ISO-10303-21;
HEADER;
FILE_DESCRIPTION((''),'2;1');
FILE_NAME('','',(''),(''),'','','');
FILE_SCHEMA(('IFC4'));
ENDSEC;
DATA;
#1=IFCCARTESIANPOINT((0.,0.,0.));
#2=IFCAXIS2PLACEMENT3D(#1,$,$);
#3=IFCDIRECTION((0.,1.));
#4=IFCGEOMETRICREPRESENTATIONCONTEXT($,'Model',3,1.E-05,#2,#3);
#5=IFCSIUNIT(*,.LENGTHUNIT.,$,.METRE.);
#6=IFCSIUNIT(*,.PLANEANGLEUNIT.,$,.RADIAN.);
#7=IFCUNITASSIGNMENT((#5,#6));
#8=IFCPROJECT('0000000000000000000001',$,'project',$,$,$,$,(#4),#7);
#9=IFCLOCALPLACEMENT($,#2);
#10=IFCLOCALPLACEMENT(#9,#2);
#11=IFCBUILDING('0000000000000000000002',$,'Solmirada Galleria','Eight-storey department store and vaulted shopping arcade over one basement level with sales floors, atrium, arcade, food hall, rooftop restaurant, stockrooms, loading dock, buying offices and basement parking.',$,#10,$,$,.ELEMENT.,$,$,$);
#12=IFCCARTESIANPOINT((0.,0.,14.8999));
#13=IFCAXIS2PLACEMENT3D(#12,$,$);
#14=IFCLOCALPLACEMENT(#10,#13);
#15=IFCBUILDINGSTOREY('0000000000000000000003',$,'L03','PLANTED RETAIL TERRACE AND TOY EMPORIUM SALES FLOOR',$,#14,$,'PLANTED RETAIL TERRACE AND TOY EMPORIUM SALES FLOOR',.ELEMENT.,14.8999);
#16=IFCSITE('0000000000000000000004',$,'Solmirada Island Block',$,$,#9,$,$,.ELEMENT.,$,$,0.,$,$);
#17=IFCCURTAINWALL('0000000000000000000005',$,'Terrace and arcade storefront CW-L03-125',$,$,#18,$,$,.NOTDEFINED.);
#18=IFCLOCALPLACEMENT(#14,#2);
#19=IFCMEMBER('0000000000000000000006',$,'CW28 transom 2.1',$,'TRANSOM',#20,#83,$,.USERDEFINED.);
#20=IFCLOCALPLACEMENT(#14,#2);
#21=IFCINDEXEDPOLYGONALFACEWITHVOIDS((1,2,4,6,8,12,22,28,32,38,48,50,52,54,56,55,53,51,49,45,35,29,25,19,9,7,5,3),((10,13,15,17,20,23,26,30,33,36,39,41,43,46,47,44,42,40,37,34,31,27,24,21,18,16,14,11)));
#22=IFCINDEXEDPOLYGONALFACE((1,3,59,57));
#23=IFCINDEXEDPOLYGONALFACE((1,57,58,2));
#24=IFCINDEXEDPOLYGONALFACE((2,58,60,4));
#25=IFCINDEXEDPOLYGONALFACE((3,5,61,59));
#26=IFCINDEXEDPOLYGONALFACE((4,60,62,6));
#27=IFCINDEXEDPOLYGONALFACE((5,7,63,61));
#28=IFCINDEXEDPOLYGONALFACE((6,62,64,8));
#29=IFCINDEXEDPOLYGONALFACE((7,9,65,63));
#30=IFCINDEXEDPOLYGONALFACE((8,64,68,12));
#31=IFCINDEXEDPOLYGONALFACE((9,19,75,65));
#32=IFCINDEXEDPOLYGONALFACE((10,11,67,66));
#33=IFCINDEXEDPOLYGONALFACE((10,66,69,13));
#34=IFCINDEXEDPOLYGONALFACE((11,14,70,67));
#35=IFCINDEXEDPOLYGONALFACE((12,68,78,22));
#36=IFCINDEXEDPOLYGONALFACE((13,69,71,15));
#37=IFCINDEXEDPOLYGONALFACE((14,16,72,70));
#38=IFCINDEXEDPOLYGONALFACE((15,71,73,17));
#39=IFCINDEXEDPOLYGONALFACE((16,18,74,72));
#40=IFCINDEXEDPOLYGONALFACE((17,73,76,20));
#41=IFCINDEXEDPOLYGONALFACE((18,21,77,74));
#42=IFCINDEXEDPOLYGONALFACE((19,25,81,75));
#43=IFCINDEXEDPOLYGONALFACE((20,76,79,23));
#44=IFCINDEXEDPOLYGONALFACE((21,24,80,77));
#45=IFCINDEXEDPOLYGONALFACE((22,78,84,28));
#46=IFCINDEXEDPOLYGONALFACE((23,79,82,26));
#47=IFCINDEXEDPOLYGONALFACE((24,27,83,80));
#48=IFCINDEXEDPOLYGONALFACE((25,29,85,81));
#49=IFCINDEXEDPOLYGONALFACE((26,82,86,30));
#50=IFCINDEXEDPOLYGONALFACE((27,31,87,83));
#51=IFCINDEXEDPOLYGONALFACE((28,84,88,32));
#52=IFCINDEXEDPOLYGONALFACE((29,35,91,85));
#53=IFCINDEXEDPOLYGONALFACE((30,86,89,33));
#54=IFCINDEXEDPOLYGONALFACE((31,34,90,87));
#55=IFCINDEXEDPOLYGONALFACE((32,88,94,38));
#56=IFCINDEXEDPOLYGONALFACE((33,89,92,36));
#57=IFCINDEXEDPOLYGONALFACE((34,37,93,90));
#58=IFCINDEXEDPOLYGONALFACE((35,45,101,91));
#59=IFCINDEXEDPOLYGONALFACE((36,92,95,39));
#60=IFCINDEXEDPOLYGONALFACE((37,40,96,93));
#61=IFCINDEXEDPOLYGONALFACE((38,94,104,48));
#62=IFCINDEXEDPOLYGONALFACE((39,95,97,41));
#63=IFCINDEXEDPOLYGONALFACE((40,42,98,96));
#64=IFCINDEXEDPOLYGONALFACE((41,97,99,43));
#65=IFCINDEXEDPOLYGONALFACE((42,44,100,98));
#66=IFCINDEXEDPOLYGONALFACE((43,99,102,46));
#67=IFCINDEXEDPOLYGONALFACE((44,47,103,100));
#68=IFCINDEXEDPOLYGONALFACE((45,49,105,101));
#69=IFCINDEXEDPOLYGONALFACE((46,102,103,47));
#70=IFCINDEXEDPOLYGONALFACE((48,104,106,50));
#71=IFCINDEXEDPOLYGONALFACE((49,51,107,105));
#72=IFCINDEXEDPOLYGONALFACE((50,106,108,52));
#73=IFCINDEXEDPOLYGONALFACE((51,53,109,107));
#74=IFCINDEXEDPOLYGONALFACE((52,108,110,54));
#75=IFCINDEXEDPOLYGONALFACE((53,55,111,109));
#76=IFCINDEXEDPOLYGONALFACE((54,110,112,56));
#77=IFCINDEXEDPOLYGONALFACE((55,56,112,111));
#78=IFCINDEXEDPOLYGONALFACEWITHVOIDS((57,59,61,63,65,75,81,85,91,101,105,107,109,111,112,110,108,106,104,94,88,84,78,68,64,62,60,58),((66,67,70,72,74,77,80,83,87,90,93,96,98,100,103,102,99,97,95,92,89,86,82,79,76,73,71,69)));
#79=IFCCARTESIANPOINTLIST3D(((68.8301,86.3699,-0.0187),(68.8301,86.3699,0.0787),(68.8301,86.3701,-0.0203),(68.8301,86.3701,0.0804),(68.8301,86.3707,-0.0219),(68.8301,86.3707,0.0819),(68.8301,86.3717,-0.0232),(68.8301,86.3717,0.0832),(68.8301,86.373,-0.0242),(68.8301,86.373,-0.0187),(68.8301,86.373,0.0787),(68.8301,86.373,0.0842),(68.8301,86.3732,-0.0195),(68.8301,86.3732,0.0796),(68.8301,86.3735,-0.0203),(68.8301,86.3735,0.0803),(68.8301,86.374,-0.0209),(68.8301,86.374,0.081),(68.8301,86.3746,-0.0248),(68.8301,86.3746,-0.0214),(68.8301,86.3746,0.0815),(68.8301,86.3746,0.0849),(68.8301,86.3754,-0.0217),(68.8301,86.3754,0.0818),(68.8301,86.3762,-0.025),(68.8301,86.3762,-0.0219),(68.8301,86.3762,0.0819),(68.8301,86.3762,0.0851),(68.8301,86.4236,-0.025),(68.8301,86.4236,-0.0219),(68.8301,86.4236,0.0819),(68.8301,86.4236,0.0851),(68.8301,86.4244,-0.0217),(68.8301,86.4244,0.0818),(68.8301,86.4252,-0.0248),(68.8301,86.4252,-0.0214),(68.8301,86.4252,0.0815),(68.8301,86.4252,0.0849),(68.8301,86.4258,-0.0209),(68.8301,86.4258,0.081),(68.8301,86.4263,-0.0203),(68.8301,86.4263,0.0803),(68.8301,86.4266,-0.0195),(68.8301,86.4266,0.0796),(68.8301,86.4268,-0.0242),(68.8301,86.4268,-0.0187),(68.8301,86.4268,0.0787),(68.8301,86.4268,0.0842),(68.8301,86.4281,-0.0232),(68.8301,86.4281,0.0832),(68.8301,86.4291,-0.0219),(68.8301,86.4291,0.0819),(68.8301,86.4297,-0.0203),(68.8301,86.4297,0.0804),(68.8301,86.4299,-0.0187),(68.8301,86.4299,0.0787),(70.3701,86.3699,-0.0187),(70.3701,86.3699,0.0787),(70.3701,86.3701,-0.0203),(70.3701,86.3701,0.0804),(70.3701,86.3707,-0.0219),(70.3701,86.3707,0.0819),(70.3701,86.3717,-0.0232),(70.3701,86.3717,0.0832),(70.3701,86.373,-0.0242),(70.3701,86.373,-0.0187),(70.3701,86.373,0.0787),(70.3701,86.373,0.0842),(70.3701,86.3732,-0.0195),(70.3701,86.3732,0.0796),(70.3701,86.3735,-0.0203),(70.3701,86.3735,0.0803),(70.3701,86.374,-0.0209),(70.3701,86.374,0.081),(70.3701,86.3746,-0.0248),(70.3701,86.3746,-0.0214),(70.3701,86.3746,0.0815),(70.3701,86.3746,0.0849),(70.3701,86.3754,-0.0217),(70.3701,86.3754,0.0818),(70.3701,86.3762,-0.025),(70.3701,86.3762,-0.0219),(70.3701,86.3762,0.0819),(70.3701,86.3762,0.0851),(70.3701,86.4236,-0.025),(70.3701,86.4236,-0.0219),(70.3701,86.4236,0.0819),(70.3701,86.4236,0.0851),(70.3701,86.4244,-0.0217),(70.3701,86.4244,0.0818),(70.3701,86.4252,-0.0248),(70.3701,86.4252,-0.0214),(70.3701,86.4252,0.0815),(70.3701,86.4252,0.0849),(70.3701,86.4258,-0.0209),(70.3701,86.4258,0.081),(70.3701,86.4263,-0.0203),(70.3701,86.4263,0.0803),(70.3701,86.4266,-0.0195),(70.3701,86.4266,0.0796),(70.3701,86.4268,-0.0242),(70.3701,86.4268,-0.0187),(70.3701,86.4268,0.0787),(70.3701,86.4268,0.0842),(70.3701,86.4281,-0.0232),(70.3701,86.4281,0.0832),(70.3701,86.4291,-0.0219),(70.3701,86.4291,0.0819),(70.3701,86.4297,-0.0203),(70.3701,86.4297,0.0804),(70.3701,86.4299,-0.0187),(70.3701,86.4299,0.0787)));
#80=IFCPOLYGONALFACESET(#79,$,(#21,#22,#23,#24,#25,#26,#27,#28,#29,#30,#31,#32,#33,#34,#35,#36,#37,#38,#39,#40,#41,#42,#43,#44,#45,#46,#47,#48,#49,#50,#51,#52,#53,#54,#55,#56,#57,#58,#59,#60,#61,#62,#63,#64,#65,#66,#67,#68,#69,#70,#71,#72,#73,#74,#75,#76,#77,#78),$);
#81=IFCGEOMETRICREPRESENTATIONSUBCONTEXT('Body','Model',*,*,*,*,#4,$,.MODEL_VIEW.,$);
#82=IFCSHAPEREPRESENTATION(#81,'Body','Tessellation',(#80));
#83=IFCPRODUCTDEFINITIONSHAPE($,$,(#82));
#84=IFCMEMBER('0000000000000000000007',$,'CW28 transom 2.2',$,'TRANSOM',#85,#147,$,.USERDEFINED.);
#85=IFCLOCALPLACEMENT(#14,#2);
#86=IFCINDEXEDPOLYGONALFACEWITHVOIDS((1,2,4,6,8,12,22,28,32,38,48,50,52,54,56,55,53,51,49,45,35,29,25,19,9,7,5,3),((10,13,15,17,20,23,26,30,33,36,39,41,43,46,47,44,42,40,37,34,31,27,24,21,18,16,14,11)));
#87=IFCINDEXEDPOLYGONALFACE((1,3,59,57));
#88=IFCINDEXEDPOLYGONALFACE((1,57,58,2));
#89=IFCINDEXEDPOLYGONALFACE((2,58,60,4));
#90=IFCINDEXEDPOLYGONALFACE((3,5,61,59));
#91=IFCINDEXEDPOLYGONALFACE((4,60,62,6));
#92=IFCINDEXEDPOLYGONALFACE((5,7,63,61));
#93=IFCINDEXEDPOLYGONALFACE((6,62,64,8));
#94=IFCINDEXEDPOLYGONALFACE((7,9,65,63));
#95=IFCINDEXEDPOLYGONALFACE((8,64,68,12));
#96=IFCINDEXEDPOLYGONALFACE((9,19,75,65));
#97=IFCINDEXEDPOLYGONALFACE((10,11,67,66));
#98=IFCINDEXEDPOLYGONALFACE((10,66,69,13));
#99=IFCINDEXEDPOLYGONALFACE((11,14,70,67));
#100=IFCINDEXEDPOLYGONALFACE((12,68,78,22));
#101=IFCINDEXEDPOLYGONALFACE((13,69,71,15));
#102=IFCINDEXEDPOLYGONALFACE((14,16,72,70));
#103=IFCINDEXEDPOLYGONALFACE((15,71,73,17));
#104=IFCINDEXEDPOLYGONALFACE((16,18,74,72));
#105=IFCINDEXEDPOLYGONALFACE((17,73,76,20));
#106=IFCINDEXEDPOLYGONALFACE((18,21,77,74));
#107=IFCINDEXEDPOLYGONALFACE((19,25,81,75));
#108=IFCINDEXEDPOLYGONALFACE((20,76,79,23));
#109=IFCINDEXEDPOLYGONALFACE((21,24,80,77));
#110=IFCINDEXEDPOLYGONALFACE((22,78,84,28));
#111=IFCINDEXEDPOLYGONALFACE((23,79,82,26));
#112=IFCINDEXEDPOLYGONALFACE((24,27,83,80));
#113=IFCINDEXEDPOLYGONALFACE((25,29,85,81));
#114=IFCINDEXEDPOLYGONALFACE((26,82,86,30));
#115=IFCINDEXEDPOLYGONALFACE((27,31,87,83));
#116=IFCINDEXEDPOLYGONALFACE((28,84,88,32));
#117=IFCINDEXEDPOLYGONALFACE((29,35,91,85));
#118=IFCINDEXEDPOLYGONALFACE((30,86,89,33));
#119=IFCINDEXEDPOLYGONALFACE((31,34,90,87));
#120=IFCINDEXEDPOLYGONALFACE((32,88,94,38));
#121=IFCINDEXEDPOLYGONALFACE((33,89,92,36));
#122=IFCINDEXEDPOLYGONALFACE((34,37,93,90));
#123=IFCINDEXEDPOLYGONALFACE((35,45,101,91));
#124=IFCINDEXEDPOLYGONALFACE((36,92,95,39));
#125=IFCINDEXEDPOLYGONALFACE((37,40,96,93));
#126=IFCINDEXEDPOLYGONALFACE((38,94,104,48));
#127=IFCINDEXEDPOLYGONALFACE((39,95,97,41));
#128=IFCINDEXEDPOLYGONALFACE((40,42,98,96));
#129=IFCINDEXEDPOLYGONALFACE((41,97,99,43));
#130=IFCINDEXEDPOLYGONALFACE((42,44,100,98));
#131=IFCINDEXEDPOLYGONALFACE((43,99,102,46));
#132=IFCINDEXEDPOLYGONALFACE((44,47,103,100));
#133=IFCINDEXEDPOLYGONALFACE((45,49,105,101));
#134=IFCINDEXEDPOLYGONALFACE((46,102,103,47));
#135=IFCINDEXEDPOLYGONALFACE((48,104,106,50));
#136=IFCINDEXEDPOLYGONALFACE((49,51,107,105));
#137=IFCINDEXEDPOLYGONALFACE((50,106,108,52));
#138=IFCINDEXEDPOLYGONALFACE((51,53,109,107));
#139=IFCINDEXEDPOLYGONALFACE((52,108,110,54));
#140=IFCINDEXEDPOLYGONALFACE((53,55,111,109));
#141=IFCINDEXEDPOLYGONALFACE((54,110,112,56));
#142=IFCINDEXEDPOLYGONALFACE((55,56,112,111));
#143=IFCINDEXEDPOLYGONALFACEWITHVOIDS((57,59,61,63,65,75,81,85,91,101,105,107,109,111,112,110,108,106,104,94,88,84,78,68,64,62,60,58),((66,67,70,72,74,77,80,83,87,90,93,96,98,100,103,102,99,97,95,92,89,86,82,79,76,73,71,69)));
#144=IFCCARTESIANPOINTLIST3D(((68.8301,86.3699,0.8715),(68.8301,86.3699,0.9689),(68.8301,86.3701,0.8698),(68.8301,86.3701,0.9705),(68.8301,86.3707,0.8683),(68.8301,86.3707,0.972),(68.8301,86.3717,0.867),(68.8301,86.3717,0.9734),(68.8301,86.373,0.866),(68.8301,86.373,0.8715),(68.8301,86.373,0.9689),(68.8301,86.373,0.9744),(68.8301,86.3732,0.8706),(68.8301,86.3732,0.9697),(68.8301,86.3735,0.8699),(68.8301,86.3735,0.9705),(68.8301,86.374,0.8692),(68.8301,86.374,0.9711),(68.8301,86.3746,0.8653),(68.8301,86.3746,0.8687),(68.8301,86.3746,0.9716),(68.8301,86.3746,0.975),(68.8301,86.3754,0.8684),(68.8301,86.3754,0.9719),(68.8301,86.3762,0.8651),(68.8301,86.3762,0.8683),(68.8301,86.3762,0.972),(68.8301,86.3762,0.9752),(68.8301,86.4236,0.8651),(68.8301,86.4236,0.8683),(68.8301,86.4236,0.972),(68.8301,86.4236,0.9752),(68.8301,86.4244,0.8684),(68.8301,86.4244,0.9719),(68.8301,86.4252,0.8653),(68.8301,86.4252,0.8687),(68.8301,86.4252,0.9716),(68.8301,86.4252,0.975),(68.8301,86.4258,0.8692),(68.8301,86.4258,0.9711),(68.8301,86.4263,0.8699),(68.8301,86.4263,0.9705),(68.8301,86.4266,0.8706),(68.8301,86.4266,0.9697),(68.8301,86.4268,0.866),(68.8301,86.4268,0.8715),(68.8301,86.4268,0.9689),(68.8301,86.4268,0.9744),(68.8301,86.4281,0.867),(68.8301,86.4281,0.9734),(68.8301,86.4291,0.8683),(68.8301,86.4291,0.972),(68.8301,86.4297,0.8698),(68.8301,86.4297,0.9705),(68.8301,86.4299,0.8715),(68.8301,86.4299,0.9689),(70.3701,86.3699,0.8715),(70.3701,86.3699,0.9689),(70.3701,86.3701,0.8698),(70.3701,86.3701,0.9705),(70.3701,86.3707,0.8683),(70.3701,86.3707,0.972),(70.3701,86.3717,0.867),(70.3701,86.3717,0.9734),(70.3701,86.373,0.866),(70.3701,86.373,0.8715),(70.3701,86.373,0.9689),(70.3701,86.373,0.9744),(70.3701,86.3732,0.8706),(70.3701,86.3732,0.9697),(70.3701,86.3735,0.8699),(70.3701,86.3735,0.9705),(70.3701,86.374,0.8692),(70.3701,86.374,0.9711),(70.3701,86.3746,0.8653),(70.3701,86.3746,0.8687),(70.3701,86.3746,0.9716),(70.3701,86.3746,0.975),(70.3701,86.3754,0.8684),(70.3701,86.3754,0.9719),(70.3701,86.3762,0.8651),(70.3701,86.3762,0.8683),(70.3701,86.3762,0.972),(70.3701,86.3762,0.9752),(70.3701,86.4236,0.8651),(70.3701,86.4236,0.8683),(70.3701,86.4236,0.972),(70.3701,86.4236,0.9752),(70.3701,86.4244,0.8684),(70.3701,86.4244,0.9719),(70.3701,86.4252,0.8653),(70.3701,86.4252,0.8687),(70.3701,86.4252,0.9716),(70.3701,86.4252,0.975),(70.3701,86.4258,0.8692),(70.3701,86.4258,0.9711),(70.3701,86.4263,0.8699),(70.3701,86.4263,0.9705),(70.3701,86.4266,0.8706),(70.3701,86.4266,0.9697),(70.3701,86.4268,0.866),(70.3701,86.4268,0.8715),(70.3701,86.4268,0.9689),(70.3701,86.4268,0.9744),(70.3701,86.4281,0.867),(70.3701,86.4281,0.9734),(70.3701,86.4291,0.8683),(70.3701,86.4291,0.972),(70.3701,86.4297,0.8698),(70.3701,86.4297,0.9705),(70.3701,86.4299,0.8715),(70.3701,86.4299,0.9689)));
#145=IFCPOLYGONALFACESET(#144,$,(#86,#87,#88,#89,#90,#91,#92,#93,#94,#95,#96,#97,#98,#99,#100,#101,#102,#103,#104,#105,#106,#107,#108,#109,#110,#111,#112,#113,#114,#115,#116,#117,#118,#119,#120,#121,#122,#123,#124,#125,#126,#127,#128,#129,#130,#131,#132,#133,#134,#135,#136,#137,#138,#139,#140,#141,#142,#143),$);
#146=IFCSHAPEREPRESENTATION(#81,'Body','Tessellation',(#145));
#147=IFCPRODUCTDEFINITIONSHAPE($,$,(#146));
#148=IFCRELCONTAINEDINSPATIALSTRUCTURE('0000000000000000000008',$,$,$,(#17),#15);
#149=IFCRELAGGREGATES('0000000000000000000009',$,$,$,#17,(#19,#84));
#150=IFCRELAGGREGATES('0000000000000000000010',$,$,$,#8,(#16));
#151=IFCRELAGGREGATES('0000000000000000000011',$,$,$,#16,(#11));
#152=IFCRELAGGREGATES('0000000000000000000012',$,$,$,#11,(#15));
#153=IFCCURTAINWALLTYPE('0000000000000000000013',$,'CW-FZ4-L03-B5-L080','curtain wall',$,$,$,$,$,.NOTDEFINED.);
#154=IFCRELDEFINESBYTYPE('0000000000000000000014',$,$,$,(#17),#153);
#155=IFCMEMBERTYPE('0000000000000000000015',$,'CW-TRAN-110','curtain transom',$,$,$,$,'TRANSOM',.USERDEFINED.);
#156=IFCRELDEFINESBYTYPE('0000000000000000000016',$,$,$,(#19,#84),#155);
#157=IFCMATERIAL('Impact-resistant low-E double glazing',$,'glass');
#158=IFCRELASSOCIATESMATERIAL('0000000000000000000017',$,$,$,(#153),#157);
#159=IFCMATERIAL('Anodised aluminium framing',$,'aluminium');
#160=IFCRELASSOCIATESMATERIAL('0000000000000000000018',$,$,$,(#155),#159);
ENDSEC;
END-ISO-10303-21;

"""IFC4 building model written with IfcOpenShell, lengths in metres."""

from ifc_helpers import new_model, si_unit, direction, frame, origin, origin_2d, place, context, subcontext, project, spatial, hollow_rectangle, extrude, material, material_profile, profile_set, type_object, element, aggregate, save


model = new_model("IFC4")

# Units and contexts
model_context = context("Model", 3, precision=1e-05, world=origin(), true_north=direction((0.0, 1.0)))
body_context = subcontext(model_context, "Body", "Model", "MODEL_VIEW")
ifc_project = project(units=[si_unit("LENGTHUNIT", "METRE"), si_unit("PLANEANGLEUNIT", "RADIAN")], contexts=[model_context])

# Site, building, storey
site_placement = place(None, origin())
site = spatial("IfcSite", under=ifc_project, at=site_placement, Name="Solmirada Island Block", CompositionType="ELEMENT", RefElevation=0.0)
building_placement = place(site_placement, origin())
building = spatial("IfcBuilding", under=site, at=building_placement, Name="Solmirada Galleria", Description="Eight-storey department store and vaulted shopping arcade over one basement level with sales floors, atrium, arcade, food hall, rooftop restaurant, stockrooms, loading dock, buying offices and basement parking.", CompositionType="ELEMENT")
storey_placement = place(building_placement, frame((0.0, 0.0, 14.8999)))
storey = spatial("IfcBuildingStorey", under=building, at=storey_placement, Name="L03", Description="PLANTED RETAIL TERRACE AND TOY EMPORIUM SALES FLOOR", LongName="PLANTED RETAIL TERRACE AND TOY EMPORIUM SALES FLOOR", CompositionType="ELEMENT", Elevation=14.8999)

# Curtain wall
ifc_material_1 = material(Name="Impact-resistant low-E double glazing", Category="glass")
curtain_wall_type = type_object("IfcCurtainWallType", Name="CW-FZ4-L03-B5-L080", Description="curtain wall", PredefinedType="NOTDEFINED", material=ifc_material_1)
ifc_material_2 = material(Name="Anodised aluminium framing", Category="aluminium")
curtain_wall_1_placement = place(storey_placement, origin())
curtain_wall_1 = element("IfcCurtainWall", 1, at=curtain_wall_1_placement, inside=storey, type_object=curtain_wall_type, Name="Terrace and arcade storefront CW-L03-125", PredefinedType="NOTDEFINED")

# Members
ifc_material_profile_1 = material_profile(ifc_material_2, hollow_rectangle(XDim=0.0601, YDim=0.1101, WallThickness=0.0032, InnerFilletRadius=0.0032, OuterFilletRadius=0.0063, at=origin_2d()), Name="ALU-TRAN-110X60")
ifc_profile_set_1 = profile_set([ifc_material_profile_1], Name="Anodised aluminium framing")
member_type_1 = type_object("IfcMemberType", Name="CW-TRAN-110", Description="curtain transom", ElementType="TRANSOM", PredefinedType="USERDEFINED", material=ifc_profile_set_1)
member_1_placement = place(storey_placement, frame((70.3701, 86.3999, 0.03), z_axis=(-1.0, 0.0, 0.0), x_axis=(0.0, -1.0, 0.0)))
member_1 = element("IfcMember", 2, at=member_1_placement, type_object=member_type_1, Name="CW28 transom 2.1", ObjectType="TRANSOM", PredefinedType="USERDEFINED", context=body_context, shape_type="SweptSolid", body=[
    extrude(hollow_rectangle(XDim=0.0601, YDim=0.1101, WallThickness=0.0032, InnerFilletRadius=0.0032, OuterFilletRadius=0.0063, at=origin_2d()), origin(), (0.0, 0.0, 1.0), 1.54),
])
member_2_placement = place(storey_placement, frame((70.3701, 86.3999, 0.9202), z_axis=(-1.0, 0.0, 0.0), x_axis=(0.0, -1.0, 0.0)))
member_2 = element("IfcMember", 3, at=member_2_placement, type_object=member_type_1, Name="CW28 transom 2.2", ObjectType="TRANSOM", PredefinedType="USERDEFINED", context=body_context, shape_type="SweptSolid", body=[
    extrude(hollow_rectangle(XDim=0.0601, YDim=0.1101, WallThickness=0.0032, InnerFilletRadius=0.0032, OuterFilletRadius=0.0063, at=origin_2d()), origin(), (0.0, 0.0, 1.0), 1.54),
])

aggregate(curtain_wall_1, [member_1, member_2])

save(model, "model.ifc")
